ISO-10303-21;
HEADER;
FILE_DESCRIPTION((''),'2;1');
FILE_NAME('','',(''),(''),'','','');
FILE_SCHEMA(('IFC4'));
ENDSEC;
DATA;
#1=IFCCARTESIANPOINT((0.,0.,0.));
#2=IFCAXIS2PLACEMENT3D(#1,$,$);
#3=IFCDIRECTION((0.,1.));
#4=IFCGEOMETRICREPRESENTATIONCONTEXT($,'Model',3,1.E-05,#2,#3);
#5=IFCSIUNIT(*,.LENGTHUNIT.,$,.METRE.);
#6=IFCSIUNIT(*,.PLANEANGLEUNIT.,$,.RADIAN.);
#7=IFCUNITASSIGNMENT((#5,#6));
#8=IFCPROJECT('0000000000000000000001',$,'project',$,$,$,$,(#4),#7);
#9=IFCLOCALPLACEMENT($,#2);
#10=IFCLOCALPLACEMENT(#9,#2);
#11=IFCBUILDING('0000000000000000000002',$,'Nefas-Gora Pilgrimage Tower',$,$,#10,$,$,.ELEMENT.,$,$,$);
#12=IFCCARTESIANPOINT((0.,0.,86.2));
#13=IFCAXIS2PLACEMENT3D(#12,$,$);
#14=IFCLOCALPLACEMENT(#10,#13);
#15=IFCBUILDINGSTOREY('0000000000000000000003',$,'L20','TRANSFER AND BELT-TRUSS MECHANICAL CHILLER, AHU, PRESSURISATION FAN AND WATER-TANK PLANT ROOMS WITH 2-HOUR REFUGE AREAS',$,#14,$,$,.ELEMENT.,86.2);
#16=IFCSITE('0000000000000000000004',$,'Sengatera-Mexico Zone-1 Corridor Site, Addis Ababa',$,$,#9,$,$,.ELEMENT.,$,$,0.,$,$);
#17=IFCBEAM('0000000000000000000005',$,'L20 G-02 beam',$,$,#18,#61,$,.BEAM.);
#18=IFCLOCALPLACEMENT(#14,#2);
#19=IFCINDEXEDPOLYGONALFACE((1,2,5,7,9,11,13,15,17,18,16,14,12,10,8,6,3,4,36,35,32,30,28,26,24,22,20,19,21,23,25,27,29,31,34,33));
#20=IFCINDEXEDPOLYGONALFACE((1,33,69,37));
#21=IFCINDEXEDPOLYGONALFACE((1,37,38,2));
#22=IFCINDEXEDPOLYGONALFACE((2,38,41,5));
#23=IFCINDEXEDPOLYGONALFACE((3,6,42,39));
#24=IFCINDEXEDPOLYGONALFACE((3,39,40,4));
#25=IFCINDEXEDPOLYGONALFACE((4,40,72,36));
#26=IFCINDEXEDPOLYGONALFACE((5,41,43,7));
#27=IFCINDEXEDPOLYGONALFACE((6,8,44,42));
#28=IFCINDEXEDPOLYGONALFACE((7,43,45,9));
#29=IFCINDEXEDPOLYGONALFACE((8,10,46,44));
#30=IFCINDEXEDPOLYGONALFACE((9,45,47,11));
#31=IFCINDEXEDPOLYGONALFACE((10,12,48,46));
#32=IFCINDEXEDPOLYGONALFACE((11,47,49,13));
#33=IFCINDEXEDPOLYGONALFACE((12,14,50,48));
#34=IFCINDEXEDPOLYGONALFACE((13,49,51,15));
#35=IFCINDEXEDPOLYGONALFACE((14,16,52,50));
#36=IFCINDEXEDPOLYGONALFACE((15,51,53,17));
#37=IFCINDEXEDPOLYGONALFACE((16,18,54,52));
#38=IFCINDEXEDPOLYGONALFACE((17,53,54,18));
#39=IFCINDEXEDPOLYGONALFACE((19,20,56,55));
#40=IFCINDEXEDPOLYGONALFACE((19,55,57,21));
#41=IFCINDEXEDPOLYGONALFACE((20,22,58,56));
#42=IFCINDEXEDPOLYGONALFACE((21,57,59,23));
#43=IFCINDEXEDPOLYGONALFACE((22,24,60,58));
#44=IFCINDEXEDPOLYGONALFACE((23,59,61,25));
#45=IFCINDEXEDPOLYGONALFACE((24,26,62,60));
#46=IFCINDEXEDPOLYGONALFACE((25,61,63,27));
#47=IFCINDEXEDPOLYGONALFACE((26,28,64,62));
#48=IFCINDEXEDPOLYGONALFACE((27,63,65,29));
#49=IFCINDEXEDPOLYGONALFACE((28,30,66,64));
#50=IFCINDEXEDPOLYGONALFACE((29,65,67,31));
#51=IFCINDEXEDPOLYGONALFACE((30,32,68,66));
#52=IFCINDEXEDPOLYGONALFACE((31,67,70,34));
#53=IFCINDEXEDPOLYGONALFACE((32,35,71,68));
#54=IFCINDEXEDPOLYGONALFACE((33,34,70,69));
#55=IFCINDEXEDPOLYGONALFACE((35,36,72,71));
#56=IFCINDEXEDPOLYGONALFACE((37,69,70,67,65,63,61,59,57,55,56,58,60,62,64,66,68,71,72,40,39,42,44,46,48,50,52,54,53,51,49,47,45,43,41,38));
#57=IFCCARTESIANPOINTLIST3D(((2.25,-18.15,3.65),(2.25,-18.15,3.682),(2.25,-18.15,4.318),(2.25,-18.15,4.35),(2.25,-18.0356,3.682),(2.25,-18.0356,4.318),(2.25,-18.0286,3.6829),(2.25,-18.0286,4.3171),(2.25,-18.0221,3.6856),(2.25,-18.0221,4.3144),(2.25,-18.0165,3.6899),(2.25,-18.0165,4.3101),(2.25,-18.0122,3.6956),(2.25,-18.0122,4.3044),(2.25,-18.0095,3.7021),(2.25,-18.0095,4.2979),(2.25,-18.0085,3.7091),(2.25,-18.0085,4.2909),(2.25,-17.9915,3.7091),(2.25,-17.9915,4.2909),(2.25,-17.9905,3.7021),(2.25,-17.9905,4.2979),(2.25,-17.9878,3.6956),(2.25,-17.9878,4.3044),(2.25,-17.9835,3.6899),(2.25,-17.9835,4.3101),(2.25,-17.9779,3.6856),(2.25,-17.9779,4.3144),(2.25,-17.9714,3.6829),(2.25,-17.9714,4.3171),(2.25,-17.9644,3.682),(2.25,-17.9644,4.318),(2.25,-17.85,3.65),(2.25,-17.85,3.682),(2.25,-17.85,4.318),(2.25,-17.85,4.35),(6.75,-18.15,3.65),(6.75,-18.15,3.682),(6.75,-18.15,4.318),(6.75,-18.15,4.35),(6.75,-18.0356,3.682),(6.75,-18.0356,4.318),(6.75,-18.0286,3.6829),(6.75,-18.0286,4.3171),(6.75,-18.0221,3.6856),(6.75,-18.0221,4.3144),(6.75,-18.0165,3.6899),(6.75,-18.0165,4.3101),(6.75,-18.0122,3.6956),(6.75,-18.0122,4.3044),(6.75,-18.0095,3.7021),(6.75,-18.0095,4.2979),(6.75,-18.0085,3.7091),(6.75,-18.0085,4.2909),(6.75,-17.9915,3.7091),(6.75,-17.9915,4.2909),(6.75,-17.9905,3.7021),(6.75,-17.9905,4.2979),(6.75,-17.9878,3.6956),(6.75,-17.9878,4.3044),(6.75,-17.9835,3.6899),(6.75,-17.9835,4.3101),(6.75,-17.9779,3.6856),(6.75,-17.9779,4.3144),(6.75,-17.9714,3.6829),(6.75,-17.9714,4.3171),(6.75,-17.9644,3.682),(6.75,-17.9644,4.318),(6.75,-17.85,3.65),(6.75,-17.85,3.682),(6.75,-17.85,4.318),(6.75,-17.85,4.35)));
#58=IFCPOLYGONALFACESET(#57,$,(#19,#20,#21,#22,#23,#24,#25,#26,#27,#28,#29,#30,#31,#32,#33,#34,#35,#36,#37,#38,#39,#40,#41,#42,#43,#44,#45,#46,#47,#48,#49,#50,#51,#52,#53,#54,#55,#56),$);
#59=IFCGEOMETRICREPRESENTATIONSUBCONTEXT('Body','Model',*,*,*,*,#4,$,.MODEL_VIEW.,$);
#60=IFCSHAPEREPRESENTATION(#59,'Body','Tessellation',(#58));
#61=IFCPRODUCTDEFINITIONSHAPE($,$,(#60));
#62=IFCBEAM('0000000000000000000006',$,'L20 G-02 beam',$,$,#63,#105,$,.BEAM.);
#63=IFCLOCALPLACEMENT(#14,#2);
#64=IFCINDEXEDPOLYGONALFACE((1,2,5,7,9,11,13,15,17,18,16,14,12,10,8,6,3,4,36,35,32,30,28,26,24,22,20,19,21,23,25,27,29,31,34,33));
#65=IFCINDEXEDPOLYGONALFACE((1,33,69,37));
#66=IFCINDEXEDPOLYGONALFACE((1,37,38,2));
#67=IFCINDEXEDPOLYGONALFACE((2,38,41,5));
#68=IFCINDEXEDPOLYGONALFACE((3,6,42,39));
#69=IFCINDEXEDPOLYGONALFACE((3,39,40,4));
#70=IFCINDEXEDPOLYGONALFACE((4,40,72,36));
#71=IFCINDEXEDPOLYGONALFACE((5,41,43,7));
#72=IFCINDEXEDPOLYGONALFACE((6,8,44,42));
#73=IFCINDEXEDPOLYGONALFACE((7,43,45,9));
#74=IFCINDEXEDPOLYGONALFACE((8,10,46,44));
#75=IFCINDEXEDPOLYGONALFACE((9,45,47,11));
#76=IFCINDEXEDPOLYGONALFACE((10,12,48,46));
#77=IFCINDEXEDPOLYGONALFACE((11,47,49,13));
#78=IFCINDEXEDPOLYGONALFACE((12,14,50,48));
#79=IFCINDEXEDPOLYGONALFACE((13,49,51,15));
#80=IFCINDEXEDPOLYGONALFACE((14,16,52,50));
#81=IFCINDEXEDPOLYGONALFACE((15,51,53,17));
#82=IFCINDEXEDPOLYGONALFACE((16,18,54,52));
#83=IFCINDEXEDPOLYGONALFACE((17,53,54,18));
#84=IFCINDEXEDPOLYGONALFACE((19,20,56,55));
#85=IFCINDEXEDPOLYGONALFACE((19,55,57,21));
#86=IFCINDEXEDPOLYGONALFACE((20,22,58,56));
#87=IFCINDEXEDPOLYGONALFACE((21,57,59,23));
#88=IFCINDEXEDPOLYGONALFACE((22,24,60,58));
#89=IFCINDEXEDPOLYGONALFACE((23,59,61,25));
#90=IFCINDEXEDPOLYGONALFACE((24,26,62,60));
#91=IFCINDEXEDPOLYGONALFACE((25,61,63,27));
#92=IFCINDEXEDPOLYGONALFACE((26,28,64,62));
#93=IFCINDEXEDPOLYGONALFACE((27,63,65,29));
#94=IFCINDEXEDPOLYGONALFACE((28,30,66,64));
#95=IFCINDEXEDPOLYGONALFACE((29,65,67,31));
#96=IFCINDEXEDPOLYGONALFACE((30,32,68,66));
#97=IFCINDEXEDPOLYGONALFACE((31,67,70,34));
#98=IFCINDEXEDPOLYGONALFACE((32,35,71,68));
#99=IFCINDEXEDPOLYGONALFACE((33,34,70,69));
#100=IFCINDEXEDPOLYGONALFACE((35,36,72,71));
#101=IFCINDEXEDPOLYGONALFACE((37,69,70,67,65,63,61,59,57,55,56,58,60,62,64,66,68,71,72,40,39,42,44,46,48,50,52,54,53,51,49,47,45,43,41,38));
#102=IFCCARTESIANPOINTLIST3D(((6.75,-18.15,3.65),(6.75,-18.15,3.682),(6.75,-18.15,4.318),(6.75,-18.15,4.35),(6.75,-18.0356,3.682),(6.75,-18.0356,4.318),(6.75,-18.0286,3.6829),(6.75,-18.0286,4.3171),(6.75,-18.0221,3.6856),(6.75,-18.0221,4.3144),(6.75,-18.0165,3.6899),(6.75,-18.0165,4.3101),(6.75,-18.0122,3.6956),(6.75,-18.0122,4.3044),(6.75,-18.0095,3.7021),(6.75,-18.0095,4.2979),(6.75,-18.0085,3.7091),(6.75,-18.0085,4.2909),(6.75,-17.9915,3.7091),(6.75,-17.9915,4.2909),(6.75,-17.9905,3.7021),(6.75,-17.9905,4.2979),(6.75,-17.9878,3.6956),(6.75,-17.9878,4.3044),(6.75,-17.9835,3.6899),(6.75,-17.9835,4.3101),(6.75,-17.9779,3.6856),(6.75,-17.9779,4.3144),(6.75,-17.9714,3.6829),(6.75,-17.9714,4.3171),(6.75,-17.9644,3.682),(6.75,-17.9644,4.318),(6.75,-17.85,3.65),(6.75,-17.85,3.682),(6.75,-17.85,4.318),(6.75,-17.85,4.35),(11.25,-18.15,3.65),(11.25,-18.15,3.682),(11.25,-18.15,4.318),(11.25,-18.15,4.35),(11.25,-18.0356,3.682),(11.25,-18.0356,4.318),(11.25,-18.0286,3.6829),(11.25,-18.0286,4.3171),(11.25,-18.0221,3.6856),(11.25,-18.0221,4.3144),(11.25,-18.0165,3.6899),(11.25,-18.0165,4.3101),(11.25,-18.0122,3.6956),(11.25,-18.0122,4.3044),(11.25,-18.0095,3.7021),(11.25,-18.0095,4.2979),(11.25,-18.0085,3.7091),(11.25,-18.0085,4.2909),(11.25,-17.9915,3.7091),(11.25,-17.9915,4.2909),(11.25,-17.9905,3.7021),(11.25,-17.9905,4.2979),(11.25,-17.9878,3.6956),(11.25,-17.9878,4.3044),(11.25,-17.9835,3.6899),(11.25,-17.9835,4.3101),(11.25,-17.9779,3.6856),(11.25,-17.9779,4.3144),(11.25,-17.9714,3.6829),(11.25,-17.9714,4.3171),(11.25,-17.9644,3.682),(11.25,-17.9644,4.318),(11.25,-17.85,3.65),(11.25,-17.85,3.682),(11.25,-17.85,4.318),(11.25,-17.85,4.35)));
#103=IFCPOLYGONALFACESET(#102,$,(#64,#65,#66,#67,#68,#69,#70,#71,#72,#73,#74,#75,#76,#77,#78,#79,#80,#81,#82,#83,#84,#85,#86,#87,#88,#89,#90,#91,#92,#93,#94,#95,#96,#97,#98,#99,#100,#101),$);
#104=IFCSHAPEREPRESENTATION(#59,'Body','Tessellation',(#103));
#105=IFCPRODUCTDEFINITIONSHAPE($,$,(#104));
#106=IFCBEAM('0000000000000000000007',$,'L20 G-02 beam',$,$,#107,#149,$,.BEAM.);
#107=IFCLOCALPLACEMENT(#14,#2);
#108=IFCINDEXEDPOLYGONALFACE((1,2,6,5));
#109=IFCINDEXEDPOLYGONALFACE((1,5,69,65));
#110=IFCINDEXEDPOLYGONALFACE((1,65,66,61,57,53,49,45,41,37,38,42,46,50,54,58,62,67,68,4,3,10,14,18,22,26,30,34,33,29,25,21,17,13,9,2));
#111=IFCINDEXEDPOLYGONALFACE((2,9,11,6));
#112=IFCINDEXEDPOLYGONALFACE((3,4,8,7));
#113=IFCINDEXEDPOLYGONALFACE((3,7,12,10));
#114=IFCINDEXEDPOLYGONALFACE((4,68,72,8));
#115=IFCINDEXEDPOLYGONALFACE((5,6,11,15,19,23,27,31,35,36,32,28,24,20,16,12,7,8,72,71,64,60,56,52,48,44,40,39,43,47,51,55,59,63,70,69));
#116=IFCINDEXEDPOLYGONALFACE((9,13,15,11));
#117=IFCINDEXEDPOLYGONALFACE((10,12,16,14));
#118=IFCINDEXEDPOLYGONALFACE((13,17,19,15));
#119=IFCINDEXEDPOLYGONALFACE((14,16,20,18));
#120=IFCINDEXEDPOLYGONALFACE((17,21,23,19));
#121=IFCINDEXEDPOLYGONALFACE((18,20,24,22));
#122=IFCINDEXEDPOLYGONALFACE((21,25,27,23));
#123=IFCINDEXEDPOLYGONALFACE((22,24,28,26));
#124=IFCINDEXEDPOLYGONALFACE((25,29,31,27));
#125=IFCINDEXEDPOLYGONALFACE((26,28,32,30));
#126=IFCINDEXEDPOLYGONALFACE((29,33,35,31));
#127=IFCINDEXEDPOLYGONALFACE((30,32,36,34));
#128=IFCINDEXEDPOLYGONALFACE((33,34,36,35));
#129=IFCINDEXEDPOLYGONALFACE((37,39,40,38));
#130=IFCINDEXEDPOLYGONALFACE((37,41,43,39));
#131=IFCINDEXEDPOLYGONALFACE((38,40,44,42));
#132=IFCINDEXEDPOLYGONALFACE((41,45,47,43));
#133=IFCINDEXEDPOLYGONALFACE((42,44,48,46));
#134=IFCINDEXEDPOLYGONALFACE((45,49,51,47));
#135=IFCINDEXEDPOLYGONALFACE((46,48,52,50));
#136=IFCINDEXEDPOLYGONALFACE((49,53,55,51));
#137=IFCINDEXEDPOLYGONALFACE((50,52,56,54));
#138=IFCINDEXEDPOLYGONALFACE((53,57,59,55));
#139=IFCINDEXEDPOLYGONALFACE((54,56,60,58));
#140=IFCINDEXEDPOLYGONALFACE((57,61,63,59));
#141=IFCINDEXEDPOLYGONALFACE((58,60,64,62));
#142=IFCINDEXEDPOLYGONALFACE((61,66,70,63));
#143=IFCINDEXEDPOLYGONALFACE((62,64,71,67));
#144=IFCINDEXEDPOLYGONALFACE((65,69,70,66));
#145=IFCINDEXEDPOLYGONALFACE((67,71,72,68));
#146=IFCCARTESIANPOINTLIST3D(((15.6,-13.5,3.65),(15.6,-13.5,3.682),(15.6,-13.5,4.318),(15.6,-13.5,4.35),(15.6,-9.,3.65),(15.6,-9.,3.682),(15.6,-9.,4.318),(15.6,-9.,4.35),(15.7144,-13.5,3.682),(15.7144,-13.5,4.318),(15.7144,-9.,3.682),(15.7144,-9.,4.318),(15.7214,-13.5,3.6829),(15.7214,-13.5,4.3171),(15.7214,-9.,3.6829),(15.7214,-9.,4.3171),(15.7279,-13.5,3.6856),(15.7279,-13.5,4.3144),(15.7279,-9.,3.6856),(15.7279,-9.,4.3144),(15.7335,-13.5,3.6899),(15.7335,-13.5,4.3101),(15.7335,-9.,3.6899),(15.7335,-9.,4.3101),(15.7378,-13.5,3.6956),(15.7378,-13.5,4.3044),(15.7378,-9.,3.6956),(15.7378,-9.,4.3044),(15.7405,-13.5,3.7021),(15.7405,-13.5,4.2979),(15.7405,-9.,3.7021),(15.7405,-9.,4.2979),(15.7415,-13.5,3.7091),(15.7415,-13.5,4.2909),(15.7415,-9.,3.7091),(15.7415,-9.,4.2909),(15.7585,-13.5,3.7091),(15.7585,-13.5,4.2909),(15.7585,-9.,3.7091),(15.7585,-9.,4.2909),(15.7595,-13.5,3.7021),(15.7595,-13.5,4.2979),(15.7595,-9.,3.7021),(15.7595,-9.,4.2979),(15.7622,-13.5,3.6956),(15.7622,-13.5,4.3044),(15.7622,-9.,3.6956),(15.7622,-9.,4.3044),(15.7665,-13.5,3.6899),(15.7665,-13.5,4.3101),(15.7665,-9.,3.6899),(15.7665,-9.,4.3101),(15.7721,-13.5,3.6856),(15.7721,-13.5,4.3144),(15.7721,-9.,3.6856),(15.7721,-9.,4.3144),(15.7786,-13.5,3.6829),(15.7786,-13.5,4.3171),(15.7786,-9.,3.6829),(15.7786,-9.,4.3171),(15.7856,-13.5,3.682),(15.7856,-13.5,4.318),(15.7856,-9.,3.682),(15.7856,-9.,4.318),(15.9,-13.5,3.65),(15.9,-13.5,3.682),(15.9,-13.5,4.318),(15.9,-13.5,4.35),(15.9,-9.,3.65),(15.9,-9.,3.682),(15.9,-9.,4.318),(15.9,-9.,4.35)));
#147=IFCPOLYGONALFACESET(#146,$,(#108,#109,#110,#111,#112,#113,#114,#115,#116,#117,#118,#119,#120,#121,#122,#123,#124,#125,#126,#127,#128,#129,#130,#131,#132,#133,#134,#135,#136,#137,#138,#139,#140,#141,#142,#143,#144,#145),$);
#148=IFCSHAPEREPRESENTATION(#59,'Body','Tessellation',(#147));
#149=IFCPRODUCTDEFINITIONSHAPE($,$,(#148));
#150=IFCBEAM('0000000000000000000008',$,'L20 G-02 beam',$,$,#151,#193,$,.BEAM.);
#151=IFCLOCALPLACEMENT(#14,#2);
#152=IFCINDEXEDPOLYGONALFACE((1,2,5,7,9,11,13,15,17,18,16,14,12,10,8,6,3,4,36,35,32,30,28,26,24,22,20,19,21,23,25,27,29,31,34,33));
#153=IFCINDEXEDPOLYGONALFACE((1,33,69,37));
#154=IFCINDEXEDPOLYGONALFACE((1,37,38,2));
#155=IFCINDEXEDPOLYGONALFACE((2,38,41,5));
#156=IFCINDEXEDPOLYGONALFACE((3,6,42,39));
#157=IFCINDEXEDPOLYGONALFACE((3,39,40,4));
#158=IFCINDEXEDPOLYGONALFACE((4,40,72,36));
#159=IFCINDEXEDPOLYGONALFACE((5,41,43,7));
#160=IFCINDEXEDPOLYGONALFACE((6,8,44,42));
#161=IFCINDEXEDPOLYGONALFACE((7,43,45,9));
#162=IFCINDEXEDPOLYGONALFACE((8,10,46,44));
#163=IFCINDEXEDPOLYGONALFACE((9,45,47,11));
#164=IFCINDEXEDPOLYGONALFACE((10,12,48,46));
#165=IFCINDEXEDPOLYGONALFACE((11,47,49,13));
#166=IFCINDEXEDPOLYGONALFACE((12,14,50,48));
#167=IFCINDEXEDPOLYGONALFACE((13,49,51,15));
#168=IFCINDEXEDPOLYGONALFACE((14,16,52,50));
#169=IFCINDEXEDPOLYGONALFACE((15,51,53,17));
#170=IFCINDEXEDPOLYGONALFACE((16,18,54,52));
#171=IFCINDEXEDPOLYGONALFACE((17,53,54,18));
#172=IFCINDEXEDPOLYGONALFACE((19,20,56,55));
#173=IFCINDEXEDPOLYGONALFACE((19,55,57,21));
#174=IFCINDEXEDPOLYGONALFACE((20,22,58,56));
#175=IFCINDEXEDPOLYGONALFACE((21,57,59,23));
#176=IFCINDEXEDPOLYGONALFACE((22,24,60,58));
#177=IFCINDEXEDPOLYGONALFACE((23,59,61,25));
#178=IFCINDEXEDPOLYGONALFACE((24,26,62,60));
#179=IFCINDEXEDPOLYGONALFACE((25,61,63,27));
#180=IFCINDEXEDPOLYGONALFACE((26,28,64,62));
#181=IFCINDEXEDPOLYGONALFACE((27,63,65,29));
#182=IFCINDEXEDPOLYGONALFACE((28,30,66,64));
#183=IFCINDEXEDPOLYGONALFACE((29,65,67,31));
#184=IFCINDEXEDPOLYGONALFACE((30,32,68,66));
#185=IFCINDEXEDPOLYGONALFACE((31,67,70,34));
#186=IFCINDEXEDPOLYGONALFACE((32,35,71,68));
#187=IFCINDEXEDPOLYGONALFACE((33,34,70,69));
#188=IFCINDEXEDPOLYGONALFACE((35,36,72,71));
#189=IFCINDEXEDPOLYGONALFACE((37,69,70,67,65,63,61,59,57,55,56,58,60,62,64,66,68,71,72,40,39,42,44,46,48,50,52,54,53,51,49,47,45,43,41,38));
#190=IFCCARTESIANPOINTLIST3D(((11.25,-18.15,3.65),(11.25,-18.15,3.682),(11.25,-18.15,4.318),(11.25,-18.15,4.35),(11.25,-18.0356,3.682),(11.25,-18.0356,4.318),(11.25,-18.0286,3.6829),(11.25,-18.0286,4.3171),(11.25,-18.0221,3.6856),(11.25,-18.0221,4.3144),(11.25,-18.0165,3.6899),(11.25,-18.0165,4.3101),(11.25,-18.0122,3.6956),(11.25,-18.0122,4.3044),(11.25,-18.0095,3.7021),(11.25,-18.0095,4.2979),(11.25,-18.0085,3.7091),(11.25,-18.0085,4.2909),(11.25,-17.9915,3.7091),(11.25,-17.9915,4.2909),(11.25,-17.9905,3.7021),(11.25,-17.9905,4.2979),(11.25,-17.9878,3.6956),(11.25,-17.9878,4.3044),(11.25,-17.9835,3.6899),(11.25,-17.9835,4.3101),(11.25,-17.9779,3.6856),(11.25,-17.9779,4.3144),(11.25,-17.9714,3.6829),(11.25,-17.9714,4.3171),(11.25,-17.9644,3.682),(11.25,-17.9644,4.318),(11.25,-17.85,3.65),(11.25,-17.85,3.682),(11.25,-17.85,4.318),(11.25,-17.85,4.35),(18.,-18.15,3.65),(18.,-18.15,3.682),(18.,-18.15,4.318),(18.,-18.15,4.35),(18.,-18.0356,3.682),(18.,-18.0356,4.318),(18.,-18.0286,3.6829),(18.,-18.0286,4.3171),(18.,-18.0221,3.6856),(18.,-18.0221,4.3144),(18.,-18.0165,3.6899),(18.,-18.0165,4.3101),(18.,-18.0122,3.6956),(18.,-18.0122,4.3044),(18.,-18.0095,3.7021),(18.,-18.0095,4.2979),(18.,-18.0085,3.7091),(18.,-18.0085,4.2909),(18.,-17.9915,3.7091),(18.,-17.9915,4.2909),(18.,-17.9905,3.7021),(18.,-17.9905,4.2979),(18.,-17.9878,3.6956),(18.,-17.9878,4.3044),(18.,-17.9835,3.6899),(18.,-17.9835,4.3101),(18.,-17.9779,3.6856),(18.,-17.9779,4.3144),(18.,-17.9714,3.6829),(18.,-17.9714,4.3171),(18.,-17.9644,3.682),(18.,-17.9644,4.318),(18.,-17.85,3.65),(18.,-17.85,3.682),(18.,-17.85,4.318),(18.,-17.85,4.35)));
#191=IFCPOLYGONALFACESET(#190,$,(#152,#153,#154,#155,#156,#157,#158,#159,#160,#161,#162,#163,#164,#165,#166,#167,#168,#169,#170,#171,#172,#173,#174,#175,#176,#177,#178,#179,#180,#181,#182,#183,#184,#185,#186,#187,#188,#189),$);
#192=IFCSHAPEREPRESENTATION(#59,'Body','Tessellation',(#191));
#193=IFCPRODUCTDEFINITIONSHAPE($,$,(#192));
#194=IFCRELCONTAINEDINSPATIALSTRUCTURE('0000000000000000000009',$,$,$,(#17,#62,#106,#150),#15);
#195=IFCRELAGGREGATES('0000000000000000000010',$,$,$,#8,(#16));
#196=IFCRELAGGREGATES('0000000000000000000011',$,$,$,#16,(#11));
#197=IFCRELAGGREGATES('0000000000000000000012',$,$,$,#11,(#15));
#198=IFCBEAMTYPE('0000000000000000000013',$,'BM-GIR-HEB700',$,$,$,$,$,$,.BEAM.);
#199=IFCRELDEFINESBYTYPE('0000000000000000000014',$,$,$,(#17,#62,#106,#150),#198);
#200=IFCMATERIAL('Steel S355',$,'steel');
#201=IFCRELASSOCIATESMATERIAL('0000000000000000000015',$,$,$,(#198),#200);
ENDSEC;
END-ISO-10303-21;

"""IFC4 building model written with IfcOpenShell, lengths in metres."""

from ifc_helpers import new_model, si_unit, direction, frame, origin, origin_2d, place, context, subcontext, project, spatial, i_section, extrude, source, transform, mapped, material, material_profile, profile_set, type_object, element, save


model = new_model("IFC4")

# Units and contexts
model_context = context("Model", 3, precision=1e-05, world=origin(), true_north=direction((0.0, 1.0)))
body_context = subcontext(model_context, "Body", "Model", "MODEL_VIEW")
ifc_project = project(units=[si_unit("LENGTHUNIT", "METRE"), si_unit("PLANEANGLEUNIT", "RADIAN")], contexts=[model_context])

# Site, building, storey
site_placement = place(None, origin())
site = spatial("IfcSite", under=ifc_project, at=site_placement, Name="Sengatera-Mexico Zone-1 Corridor Site, Addis Ababa", CompositionType="ELEMENT", RefElevation=0.0)
building_placement = place(site_placement, origin())
building = spatial("IfcBuilding", under=site, at=building_placement, Name="Nefas-Gora Pilgrimage Tower", CompositionType="ELEMENT")
storey_placement = place(building_placement, frame((0.0, 0.0, 86.2)))
storey = spatial("IfcBuildingStorey", under=building, at=storey_placement, Name="L20", Description="TRANSFER AND BELT-TRUSS MECHANICAL CHILLER, AHU, PRESSURISATION FAN AND WATER-TANK PLANT ROOMS WITH 2-HOUR REFUGE AREAS", CompositionType="ELEMENT", Elevation=86.2)

# Beams
ifc_material_1 = material(Name="Steel S355", Category="steel")
ifc_material_profile_1 = material_profile(ifc_material_1, i_section(OverallWidth=0.3, OverallDepth=0.7, WebThickness=0.0171, FlangeThickness=0.032, FilletRadius=0.0271, at=origin_2d()), Name="HEB 700")
ifc_profile_set_1 = profile_set([ifc_material_profile_1], Name="Steel S355")
beam_type_1 = type_object("IfcBeamType", Name="BM-GIR-HEB700", PredefinedType="BEAM", material=ifc_profile_set_1)
shared_shape_1 = source(origin(), body_context, "Body", "SweptSolid", [
    extrude(i_section(OverallWidth=0.3, OverallDepth=0.7, WebThickness=0.0171, FlangeThickness=0.032, FilletRadius=0.0271, at=origin_2d()), origin(), (0.0, 0.0, 1.0), 4.5),
])
for number, where, z_axis, x_axis, name in (
    (1, (2.25, -18.0, 4.0), (1.0, 0.0, 0.0), (0.0, 1.0, 0.0), "L20 G-02 beam"),
    (2, (6.75, -18.0, 4.0), (1.0, 0.0, 0.0), (0.0, 1.0, 0.0), "L20 G-02 beam"),
    (3, (15.75, -13.5, 4.0), (0.0, 1.0, 0.0), (-1.0, 0.0, 0.0), "L20 G-02 beam"),
):
    element("IfcBeam", number, at=place(storey_placement, frame(where, z_axis=z_axis, x_axis=x_axis)), inside=storey, type_object=beam_type_1, Name=name, PredefinedType="BEAM", context=body_context, shape_type="MappedRepresentation", body=[
        mapped(shared_shape_1, transform((0.0, 0.0, 0.0), x_axis=(1.0, 0.0, 0.0), y_axis=(0.0, 1.0, 0.0), z_axis=(0.0, 0.0, 1.0), scale=1.0)),
    ])
shared_shape_2 = source(origin(), body_context, "Body", "SweptSolid", [
    extrude(i_section(OverallWidth=0.3, OverallDepth=0.7, WebThickness=0.0171, FlangeThickness=0.032, FilletRadius=0.0271, at=origin_2d()), origin(), (0.0, 0.0, 1.0), 6.75),
])
beam_1_placement = place(storey_placement, frame((11.25, -18.0, 4.0), z_axis=(1.0, 0.0, 0.0), x_axis=(0.0, 1.0, 0.0)))
element("IfcBeam", 4, at=beam_1_placement, inside=storey, type_object=beam_type_1, Name="L20 G-02 beam", PredefinedType="BEAM", context=body_context, shape_type="MappedRepresentation", body=[
    mapped(shared_shape_2, transform((0.0, 0.0, 0.0), x_axis=(1.0, 0.0, 0.0), y_axis=(0.0, 1.0, 0.0), z_axis=(0.0, 0.0, 1.0), scale=1.0)),
])

save(model, "model.ifc")
